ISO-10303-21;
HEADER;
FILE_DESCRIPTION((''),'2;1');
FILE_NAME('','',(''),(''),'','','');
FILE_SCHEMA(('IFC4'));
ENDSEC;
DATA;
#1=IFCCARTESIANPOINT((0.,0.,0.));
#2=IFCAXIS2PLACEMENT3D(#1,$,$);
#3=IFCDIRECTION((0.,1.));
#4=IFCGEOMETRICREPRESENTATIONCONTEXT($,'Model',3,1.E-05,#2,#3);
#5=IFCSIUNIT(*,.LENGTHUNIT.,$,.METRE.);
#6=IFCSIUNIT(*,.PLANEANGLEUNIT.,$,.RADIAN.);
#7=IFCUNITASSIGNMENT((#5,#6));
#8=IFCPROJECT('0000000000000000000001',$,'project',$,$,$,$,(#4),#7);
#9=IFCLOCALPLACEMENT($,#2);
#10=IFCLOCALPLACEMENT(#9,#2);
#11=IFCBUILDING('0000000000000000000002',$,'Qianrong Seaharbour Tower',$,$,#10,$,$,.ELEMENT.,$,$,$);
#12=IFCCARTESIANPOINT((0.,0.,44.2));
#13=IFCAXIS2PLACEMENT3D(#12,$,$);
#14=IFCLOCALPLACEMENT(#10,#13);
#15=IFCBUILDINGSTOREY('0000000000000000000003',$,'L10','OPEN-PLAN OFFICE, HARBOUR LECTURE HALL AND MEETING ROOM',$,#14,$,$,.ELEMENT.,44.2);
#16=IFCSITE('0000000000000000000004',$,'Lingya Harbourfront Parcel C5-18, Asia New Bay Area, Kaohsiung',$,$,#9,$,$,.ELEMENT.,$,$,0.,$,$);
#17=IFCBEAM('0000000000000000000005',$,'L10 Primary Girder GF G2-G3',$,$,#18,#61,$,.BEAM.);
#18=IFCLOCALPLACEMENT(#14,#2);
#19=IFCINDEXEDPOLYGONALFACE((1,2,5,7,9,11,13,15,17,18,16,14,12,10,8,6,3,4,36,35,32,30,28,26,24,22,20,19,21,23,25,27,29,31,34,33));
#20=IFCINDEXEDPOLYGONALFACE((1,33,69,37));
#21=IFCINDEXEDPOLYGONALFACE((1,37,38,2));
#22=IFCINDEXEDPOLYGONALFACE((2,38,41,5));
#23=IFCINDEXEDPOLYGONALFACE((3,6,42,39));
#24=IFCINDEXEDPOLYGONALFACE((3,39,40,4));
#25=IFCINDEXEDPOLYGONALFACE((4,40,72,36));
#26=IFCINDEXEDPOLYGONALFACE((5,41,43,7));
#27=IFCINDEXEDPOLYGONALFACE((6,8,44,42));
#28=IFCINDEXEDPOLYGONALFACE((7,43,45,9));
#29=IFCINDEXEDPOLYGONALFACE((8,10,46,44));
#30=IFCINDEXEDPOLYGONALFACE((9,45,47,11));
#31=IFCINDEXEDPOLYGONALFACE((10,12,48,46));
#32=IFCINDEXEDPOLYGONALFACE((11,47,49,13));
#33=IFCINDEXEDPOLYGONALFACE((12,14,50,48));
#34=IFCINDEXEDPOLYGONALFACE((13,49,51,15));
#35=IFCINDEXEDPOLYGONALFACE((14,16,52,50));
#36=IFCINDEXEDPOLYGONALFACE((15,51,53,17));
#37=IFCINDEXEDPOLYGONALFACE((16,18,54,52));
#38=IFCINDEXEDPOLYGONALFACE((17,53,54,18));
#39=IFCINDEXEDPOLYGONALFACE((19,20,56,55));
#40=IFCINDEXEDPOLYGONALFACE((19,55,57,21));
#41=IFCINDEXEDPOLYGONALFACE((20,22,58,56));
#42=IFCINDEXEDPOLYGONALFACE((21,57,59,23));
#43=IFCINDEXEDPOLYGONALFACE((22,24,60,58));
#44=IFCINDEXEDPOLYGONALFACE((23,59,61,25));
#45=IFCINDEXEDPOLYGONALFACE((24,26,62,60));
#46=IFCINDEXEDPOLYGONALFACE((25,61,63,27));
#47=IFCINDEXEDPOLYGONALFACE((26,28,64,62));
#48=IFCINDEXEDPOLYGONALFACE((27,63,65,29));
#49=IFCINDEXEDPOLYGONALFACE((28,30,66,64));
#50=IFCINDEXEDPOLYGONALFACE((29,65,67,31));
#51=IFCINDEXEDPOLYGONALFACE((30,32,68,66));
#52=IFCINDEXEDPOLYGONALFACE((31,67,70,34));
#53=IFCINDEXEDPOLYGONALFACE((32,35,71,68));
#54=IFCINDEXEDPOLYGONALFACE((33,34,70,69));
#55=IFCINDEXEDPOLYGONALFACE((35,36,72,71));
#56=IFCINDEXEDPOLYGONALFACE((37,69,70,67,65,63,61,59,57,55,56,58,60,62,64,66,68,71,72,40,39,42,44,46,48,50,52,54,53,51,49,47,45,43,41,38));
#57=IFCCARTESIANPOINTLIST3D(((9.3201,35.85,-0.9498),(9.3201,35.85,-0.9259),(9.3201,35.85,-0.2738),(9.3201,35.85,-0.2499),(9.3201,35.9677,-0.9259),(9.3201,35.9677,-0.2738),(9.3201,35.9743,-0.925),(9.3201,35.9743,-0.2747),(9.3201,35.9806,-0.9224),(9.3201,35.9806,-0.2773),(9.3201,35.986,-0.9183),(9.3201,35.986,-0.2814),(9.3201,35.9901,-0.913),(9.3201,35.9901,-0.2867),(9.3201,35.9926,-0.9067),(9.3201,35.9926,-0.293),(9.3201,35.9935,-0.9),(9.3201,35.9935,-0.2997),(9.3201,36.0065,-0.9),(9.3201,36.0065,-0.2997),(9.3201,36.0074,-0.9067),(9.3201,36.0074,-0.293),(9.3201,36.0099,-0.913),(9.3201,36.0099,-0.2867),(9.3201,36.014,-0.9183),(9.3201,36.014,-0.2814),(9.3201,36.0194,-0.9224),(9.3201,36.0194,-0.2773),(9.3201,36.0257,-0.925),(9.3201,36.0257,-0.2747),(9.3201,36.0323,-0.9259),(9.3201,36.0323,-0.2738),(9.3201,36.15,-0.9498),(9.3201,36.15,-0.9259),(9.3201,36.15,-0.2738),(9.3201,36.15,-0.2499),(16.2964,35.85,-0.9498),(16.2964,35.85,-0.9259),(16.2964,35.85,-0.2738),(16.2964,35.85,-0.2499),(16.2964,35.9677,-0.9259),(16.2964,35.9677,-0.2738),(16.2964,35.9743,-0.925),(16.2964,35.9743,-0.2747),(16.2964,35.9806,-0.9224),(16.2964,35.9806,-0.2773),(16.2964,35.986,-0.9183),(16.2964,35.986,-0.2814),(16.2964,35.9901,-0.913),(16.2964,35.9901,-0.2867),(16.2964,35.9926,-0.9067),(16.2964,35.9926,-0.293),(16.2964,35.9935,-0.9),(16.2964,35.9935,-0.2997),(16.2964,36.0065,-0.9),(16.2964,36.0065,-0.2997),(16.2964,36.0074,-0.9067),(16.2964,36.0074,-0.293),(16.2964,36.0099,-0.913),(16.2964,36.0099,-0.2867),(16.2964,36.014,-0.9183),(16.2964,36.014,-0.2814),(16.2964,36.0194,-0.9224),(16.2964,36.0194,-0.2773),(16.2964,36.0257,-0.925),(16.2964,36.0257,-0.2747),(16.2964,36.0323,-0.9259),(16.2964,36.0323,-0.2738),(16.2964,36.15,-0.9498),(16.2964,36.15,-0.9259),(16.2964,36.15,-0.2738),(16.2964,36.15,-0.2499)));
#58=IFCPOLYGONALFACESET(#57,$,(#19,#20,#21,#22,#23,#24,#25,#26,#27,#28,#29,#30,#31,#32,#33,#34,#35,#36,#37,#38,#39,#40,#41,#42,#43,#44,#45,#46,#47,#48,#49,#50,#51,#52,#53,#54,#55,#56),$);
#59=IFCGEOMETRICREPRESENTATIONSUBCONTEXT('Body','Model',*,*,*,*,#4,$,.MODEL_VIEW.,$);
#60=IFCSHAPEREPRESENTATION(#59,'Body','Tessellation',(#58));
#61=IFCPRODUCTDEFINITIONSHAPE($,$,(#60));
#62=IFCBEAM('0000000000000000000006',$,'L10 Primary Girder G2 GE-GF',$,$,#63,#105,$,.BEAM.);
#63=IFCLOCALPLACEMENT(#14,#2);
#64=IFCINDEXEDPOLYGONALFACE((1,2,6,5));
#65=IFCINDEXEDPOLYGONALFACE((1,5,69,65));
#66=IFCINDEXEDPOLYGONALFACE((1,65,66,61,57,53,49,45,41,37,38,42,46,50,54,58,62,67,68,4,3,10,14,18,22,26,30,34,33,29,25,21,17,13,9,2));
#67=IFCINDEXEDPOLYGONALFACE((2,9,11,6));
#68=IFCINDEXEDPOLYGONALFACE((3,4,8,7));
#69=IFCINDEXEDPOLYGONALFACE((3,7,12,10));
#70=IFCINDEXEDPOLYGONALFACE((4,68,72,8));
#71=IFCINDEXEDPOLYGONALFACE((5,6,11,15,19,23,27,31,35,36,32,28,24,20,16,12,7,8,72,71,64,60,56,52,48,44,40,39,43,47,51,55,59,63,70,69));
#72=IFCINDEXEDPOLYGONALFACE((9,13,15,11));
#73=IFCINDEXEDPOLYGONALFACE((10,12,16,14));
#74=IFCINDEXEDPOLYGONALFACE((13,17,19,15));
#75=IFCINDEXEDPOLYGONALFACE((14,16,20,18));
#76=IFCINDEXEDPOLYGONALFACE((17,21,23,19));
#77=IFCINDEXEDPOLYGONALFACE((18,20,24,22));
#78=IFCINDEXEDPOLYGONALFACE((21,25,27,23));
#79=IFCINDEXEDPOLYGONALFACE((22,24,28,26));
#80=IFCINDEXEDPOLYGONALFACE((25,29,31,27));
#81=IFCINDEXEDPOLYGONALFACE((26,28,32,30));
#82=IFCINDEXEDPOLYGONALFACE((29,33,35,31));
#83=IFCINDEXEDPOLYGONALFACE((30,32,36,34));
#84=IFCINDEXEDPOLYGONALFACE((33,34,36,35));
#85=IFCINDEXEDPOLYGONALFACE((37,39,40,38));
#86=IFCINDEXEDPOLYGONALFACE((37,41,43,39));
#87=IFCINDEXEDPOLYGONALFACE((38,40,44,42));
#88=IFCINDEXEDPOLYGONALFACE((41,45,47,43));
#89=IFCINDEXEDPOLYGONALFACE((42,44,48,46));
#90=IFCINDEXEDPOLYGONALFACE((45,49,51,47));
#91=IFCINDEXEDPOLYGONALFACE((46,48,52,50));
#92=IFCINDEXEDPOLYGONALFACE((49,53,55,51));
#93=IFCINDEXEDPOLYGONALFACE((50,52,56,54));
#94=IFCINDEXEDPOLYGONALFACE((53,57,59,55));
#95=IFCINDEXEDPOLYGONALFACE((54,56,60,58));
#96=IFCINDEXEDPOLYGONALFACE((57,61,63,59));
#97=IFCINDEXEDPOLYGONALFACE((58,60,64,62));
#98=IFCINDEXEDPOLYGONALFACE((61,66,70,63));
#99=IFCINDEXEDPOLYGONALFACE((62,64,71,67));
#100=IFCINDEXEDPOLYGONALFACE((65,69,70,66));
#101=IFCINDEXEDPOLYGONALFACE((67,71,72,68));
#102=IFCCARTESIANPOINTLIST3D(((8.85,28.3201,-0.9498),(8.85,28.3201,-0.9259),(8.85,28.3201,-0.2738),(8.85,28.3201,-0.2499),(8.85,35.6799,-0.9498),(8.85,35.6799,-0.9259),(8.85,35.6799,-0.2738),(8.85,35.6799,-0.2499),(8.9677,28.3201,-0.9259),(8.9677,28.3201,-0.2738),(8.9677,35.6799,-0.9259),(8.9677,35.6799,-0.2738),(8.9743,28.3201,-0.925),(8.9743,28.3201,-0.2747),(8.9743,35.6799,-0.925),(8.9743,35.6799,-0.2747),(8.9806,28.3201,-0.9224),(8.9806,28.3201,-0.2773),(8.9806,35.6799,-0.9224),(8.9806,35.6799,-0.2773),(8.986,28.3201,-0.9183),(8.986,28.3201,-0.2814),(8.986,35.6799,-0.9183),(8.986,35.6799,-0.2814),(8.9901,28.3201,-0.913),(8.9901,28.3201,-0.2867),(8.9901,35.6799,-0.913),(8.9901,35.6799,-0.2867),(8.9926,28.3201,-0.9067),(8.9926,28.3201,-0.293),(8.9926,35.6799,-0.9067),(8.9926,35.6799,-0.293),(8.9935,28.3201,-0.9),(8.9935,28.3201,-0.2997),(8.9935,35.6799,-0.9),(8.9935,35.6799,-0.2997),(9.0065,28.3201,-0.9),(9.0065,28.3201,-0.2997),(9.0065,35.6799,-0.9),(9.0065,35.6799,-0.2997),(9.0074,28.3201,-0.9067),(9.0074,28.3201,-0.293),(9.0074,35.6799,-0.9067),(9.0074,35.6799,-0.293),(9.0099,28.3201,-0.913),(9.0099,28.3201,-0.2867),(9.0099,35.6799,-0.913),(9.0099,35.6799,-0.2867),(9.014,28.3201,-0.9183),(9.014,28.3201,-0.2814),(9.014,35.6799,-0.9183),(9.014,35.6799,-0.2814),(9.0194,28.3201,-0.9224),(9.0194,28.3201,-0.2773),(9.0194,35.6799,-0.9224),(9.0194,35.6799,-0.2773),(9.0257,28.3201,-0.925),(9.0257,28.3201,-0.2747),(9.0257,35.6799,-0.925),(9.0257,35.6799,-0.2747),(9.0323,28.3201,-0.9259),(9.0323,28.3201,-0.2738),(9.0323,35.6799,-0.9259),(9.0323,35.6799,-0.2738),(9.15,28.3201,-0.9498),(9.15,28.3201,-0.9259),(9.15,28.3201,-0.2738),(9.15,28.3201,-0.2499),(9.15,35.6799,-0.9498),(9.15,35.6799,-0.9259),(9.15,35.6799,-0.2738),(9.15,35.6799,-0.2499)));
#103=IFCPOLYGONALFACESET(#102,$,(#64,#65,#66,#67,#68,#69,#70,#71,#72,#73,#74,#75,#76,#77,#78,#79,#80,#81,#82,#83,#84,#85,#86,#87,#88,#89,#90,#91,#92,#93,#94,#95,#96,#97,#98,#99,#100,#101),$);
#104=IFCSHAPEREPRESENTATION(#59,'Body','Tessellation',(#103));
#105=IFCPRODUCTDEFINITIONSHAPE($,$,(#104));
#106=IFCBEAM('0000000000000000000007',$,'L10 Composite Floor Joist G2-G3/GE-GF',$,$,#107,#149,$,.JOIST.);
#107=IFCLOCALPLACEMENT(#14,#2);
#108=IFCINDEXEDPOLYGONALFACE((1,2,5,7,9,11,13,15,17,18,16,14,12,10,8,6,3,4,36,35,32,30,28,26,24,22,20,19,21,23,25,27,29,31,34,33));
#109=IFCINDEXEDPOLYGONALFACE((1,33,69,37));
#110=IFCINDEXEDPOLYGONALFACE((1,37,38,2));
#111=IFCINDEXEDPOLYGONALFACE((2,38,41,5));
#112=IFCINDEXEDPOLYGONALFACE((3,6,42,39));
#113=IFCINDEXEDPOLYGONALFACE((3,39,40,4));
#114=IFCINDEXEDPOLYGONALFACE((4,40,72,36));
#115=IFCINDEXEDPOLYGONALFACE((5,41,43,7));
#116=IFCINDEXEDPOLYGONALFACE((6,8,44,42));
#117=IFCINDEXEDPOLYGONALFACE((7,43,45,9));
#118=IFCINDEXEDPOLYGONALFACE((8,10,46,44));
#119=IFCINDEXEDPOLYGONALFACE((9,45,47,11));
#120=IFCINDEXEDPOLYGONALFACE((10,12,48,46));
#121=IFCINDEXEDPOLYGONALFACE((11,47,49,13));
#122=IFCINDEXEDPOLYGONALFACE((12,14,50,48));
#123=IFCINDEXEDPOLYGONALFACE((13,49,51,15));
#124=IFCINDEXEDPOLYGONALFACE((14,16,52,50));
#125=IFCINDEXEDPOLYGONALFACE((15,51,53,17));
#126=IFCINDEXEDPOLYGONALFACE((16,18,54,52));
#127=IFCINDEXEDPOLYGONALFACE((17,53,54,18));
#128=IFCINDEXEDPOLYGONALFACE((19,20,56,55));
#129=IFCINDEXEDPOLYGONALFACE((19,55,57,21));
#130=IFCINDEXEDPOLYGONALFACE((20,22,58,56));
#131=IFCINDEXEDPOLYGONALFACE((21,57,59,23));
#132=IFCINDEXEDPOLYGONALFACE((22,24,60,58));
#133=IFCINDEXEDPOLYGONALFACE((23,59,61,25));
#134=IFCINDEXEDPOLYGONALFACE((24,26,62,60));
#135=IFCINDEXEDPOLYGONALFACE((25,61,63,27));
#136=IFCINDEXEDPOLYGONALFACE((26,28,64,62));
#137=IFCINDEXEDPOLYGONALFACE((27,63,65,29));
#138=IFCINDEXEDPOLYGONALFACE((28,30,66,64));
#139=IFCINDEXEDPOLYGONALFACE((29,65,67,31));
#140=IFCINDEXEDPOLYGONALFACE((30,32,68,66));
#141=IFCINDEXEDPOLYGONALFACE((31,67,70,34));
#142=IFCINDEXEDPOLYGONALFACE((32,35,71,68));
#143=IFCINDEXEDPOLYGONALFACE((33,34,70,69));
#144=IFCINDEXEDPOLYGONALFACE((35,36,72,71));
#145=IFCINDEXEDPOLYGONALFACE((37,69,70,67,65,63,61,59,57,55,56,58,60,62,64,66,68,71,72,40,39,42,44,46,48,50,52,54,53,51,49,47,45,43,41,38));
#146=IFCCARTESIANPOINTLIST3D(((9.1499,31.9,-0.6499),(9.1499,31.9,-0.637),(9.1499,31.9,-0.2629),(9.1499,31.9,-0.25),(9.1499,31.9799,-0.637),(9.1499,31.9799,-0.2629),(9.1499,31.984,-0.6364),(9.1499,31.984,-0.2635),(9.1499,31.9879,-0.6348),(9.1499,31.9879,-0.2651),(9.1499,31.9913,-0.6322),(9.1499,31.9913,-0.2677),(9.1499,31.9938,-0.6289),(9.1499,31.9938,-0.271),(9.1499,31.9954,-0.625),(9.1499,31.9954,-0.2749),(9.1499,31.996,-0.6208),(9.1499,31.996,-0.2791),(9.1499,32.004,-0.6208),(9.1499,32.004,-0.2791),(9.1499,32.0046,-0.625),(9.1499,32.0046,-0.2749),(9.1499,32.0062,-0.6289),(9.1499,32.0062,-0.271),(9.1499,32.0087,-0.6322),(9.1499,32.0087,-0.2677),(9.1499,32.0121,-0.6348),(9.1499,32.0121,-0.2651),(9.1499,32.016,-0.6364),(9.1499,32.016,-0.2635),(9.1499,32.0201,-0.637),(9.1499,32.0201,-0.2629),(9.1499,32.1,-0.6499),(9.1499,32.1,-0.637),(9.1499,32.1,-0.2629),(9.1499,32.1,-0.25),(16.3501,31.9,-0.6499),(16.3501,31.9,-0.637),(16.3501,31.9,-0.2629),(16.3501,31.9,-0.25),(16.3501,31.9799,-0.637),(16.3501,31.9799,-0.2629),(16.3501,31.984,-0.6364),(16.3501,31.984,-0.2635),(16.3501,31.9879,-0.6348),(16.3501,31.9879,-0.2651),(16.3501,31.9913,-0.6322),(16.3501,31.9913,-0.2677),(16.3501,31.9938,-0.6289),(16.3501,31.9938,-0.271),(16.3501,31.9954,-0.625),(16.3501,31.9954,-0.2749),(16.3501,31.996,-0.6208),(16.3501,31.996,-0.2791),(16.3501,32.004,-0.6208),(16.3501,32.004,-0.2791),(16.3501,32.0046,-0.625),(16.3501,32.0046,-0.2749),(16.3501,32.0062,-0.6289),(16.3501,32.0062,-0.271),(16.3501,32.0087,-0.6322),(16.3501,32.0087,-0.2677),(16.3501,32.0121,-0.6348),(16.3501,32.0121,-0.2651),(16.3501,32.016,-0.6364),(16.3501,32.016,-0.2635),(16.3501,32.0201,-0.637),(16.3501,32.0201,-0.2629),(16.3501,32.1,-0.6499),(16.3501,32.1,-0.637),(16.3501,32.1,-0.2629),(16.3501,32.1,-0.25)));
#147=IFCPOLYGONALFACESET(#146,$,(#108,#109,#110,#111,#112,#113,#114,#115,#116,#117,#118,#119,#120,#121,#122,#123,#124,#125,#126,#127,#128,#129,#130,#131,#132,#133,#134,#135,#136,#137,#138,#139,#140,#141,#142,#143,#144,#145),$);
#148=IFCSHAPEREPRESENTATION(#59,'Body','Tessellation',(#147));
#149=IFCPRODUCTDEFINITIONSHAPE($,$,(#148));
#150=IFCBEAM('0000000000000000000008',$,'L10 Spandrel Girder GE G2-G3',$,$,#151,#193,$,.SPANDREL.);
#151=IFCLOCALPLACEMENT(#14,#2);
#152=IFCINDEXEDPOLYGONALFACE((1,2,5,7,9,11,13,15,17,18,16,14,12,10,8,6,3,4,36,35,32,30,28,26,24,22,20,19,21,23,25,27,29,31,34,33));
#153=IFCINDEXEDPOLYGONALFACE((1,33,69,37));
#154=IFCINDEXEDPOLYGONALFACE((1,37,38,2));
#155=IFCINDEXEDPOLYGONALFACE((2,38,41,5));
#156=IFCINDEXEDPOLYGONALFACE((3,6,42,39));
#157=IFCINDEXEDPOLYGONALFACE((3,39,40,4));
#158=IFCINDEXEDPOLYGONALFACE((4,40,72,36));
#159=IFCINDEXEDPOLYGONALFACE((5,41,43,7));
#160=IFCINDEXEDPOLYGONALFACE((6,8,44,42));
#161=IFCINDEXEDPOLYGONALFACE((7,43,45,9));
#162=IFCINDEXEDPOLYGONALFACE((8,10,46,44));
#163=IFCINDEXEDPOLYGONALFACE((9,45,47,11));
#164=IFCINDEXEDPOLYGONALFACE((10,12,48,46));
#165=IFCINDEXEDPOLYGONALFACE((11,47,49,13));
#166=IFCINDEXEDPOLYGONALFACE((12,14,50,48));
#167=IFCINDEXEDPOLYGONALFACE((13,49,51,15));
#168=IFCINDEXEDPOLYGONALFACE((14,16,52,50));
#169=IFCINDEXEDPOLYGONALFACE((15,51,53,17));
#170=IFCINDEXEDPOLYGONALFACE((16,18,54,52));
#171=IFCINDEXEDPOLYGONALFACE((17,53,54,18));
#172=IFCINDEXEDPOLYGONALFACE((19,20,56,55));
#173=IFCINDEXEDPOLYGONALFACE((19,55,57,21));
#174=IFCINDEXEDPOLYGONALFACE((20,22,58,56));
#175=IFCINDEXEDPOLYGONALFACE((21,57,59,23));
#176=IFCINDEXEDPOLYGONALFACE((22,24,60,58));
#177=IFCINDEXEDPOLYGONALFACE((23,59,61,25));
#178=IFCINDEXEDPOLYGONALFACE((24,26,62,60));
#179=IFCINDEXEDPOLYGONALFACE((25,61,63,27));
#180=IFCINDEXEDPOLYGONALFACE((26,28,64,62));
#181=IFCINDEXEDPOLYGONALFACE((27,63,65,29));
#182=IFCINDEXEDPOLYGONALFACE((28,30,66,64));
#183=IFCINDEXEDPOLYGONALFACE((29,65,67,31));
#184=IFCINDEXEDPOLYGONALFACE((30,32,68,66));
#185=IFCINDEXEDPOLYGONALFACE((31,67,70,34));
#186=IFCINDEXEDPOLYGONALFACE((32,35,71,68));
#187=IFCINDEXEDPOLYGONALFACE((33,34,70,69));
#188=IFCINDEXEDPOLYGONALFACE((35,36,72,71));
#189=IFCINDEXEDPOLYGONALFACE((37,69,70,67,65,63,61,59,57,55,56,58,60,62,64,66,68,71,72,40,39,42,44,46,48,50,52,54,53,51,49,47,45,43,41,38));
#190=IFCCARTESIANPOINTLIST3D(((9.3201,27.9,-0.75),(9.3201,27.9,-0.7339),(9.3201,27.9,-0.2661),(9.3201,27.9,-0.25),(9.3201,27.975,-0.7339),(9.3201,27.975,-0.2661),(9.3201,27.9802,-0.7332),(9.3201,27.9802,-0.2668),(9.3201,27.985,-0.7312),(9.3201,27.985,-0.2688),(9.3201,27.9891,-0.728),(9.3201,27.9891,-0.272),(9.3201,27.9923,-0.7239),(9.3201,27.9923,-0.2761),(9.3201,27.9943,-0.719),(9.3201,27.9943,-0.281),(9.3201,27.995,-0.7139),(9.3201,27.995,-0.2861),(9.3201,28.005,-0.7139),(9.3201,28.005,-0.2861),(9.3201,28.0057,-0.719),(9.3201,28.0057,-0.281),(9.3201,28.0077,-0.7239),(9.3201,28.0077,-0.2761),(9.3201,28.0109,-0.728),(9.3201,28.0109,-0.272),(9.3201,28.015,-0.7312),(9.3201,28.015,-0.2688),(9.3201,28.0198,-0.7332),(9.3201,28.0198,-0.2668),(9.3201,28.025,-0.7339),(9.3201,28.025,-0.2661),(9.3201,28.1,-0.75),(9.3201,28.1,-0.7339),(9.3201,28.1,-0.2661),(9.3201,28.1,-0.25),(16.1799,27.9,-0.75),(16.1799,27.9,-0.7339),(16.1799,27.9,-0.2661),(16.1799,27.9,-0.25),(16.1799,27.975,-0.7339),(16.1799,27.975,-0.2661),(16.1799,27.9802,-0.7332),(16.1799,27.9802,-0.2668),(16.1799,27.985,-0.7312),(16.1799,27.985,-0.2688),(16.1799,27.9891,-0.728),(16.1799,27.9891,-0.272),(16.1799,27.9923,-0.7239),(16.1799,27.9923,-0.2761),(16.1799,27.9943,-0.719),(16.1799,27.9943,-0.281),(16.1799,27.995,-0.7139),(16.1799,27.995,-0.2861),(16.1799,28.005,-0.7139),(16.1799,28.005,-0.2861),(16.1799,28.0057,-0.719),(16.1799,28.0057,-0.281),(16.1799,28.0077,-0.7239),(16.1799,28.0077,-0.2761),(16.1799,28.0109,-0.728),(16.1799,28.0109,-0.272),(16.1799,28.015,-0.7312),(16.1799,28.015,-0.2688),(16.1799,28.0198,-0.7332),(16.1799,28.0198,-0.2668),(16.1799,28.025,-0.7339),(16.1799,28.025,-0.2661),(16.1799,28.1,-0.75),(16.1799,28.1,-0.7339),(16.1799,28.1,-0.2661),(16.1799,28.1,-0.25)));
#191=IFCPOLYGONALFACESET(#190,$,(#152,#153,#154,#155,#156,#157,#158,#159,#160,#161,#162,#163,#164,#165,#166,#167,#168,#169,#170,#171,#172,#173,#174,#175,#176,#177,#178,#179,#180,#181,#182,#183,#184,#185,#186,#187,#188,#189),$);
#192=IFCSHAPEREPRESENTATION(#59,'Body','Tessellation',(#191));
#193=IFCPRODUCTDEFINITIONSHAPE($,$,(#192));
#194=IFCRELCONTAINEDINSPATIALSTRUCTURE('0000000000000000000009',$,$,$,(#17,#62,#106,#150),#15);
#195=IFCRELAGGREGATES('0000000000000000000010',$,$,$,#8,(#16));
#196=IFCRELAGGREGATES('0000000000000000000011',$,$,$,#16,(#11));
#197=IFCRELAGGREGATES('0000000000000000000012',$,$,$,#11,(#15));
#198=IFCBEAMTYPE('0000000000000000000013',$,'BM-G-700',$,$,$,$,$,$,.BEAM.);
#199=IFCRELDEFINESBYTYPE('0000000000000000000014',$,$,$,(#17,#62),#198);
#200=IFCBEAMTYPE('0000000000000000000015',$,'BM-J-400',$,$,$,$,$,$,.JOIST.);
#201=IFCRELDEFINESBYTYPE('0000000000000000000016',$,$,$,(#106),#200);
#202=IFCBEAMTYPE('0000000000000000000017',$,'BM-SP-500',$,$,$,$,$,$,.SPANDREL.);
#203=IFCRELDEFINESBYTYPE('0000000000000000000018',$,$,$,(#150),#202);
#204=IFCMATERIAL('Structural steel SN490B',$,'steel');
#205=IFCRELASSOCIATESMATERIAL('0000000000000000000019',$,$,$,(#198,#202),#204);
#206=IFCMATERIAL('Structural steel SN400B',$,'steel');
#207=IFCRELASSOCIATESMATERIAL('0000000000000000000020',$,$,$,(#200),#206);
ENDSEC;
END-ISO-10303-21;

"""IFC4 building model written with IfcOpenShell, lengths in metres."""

from ifc_helpers import new_model, si_unit, direction, frame, origin, origin_2d, place, context, subcontext, project, spatial, i_section, extrude, material, material_profile, profile_set, type_object, element, save


model = new_model("IFC4")

# Units and contexts
model_context = context("Model", 3, precision=1e-05, world=origin(), true_north=direction((0.0, 1.0)))
body_context = subcontext(model_context, "Body", "Model", "MODEL_VIEW")
ifc_project = project(units=[si_unit("LENGTHUNIT", "METRE"), si_unit("PLANEANGLEUNIT", "RADIAN")], contexts=[model_context])

# Site, building, storey
site_placement = place(None, origin())
site = spatial("IfcSite", under=ifc_project, at=site_placement, Name="Lingya Harbourfront Parcel C5-18, Asia New Bay Area, Kaohsiung", CompositionType="ELEMENT", RefElevation=0.0)
building_placement = place(site_placement, origin())
building = spatial("IfcBuilding", under=site, at=building_placement, Name="Qianrong Seaharbour Tower", CompositionType="ELEMENT")
storey_placement = place(building_placement, frame((0.0, 0.0, 44.2)))
storey = spatial("IfcBuildingStorey", under=building, at=storey_placement, Name="L10", Description="OPEN-PLAN OFFICE, HARBOUR LECTURE HALL AND MEETING ROOM", CompositionType="ELEMENT", Elevation=44.2)

# Shared definitions
ifc_material_1 = material(Name="Structural steel SN490B", Category="steel")

# Beams
ifc_material_profile_1 = material_profile(ifc_material_1, i_section(OverallWidth=0.3, OverallDepth=0.7, WebThickness=0.0129, FlangeThickness=0.0239, FilletRadius=0.0259, at=origin_2d()), Name="H700x300x13x24")
ifc_profile_set_1 = profile_set([ifc_material_profile_1], Name="Structural steel SN490B")
beam_type_1 = type_object("IfcBeamType", Name="BM-G-700", PredefinedType="BEAM", material=ifc_profile_set_1)
beam_1_placement = place(storey_placement, frame((9.3201, 36.0, -0.5999), z_axis=(1.0, 0.0, 0.0), x_axis=(0.0, 1.0, 0.0)))
element("IfcBeam", 1, at=beam_1_placement, inside=storey, type_object=beam_type_1, Name="L10 Primary Girder GF G2-G3", PredefinedType="BEAM", context=body_context, shape_type="SweptSolid", body=[
    extrude(i_section(OverallWidth=0.3, OverallDepth=0.7, WebThickness=0.0129, FlangeThickness=0.0239, FilletRadius=0.0259, at=origin_2d()), origin(), (0.0, 0.0, 1.0), 6.9763),
])
beam_2_placement = place(storey_placement, frame((9.0, 28.3201, -0.5999), z_axis=(0.0, 1.0, 0.0), x_axis=(-1.0, 0.0, 0.0)))
element("IfcBeam", 2, at=beam_2_placement, inside=storey, type_object=beam_type_1, Name="L10 Primary Girder G2 GE-GF", PredefinedType="BEAM", context=body_context, shape_type="SweptSolid", body=[
    extrude(i_section(OverallWidth=0.3, OverallDepth=0.7, WebThickness=0.0129, FlangeThickness=0.0239, FilletRadius=0.0259, at=origin_2d()), origin(), (0.0, 0.0, 1.0), 7.3599),
])
ifc_material_2 = material(Name="Structural steel SN400B", Category="steel")
ifc_material_profile_2 = material_profile(ifc_material_2, i_section(OverallWidth=0.2, OverallDepth=0.3999, WebThickness=0.0081, FlangeThickness=0.0129, FilletRadius=0.0161, at=origin_2d()), Name="H400x200x8x13")
ifc_profile_set_2 = profile_set([ifc_material_profile_2], Name="Structural steel SN400B")
beam_type_2 = type_object("IfcBeamType", Name="BM-J-400", PredefinedType="JOIST", material=ifc_profile_set_2)
beam_3_placement = place(storey_placement, frame((9.1499, 32.0, -0.45), z_axis=(1.0, 0.0, 0.0), x_axis=(0.0, 1.0, 0.0)))
element("IfcBeam", 3, at=beam_3_placement, inside=storey, type_object=beam_type_2, Name="L10 Composite Floor Joist G2-G3/GE-GF", PredefinedType="JOIST", context=body_context, shape_type="SweptSolid", body=[
    extrude(i_section(OverallWidth=0.2, OverallDepth=0.3999, WebThickness=0.0081, FlangeThickness=0.0129, FilletRadius=0.0161, at=origin_2d()), origin(), (0.0, 0.0, 1.0), 7.2002),
])
ifc_material_profile_3 = material_profile(ifc_material_1, i_section(OverallWidth=0.2, OverallDepth=0.5, WebThickness=0.01, FlangeThickness=0.0161, FilletRadius=0.02, at=origin_2d()), Name="H500x200x10x16")
ifc_profile_set_3 = profile_set([ifc_material_profile_3], Name="Structural steel SN490B")
beam_type_3 = type_object("IfcBeamType", Name="BM-SP-500", PredefinedType="SPANDREL", material=ifc_profile_set_3)
beam_4_placement = place(storey_placement, frame((9.3201, 28.0, -0.5), z_axis=(1.0, 0.0, 0.0), x_axis=(0.0, 1.0, 0.0)))
element("IfcBeam", 4, at=beam_4_placement, inside=storey, type_object=beam_type_3, Name="L10 Spandrel Girder GE G2-G3", PredefinedType="SPANDREL", context=body_context, shape_type="SweptSolid", body=[
    extrude(i_section(OverallWidth=0.2, OverallDepth=0.5, WebThickness=0.01, FlangeThickness=0.0161, FilletRadius=0.02, at=origin_2d()), origin(), (0.0, 0.0, 1.0), 6.8599),
])

save(model, "model.ifc")
